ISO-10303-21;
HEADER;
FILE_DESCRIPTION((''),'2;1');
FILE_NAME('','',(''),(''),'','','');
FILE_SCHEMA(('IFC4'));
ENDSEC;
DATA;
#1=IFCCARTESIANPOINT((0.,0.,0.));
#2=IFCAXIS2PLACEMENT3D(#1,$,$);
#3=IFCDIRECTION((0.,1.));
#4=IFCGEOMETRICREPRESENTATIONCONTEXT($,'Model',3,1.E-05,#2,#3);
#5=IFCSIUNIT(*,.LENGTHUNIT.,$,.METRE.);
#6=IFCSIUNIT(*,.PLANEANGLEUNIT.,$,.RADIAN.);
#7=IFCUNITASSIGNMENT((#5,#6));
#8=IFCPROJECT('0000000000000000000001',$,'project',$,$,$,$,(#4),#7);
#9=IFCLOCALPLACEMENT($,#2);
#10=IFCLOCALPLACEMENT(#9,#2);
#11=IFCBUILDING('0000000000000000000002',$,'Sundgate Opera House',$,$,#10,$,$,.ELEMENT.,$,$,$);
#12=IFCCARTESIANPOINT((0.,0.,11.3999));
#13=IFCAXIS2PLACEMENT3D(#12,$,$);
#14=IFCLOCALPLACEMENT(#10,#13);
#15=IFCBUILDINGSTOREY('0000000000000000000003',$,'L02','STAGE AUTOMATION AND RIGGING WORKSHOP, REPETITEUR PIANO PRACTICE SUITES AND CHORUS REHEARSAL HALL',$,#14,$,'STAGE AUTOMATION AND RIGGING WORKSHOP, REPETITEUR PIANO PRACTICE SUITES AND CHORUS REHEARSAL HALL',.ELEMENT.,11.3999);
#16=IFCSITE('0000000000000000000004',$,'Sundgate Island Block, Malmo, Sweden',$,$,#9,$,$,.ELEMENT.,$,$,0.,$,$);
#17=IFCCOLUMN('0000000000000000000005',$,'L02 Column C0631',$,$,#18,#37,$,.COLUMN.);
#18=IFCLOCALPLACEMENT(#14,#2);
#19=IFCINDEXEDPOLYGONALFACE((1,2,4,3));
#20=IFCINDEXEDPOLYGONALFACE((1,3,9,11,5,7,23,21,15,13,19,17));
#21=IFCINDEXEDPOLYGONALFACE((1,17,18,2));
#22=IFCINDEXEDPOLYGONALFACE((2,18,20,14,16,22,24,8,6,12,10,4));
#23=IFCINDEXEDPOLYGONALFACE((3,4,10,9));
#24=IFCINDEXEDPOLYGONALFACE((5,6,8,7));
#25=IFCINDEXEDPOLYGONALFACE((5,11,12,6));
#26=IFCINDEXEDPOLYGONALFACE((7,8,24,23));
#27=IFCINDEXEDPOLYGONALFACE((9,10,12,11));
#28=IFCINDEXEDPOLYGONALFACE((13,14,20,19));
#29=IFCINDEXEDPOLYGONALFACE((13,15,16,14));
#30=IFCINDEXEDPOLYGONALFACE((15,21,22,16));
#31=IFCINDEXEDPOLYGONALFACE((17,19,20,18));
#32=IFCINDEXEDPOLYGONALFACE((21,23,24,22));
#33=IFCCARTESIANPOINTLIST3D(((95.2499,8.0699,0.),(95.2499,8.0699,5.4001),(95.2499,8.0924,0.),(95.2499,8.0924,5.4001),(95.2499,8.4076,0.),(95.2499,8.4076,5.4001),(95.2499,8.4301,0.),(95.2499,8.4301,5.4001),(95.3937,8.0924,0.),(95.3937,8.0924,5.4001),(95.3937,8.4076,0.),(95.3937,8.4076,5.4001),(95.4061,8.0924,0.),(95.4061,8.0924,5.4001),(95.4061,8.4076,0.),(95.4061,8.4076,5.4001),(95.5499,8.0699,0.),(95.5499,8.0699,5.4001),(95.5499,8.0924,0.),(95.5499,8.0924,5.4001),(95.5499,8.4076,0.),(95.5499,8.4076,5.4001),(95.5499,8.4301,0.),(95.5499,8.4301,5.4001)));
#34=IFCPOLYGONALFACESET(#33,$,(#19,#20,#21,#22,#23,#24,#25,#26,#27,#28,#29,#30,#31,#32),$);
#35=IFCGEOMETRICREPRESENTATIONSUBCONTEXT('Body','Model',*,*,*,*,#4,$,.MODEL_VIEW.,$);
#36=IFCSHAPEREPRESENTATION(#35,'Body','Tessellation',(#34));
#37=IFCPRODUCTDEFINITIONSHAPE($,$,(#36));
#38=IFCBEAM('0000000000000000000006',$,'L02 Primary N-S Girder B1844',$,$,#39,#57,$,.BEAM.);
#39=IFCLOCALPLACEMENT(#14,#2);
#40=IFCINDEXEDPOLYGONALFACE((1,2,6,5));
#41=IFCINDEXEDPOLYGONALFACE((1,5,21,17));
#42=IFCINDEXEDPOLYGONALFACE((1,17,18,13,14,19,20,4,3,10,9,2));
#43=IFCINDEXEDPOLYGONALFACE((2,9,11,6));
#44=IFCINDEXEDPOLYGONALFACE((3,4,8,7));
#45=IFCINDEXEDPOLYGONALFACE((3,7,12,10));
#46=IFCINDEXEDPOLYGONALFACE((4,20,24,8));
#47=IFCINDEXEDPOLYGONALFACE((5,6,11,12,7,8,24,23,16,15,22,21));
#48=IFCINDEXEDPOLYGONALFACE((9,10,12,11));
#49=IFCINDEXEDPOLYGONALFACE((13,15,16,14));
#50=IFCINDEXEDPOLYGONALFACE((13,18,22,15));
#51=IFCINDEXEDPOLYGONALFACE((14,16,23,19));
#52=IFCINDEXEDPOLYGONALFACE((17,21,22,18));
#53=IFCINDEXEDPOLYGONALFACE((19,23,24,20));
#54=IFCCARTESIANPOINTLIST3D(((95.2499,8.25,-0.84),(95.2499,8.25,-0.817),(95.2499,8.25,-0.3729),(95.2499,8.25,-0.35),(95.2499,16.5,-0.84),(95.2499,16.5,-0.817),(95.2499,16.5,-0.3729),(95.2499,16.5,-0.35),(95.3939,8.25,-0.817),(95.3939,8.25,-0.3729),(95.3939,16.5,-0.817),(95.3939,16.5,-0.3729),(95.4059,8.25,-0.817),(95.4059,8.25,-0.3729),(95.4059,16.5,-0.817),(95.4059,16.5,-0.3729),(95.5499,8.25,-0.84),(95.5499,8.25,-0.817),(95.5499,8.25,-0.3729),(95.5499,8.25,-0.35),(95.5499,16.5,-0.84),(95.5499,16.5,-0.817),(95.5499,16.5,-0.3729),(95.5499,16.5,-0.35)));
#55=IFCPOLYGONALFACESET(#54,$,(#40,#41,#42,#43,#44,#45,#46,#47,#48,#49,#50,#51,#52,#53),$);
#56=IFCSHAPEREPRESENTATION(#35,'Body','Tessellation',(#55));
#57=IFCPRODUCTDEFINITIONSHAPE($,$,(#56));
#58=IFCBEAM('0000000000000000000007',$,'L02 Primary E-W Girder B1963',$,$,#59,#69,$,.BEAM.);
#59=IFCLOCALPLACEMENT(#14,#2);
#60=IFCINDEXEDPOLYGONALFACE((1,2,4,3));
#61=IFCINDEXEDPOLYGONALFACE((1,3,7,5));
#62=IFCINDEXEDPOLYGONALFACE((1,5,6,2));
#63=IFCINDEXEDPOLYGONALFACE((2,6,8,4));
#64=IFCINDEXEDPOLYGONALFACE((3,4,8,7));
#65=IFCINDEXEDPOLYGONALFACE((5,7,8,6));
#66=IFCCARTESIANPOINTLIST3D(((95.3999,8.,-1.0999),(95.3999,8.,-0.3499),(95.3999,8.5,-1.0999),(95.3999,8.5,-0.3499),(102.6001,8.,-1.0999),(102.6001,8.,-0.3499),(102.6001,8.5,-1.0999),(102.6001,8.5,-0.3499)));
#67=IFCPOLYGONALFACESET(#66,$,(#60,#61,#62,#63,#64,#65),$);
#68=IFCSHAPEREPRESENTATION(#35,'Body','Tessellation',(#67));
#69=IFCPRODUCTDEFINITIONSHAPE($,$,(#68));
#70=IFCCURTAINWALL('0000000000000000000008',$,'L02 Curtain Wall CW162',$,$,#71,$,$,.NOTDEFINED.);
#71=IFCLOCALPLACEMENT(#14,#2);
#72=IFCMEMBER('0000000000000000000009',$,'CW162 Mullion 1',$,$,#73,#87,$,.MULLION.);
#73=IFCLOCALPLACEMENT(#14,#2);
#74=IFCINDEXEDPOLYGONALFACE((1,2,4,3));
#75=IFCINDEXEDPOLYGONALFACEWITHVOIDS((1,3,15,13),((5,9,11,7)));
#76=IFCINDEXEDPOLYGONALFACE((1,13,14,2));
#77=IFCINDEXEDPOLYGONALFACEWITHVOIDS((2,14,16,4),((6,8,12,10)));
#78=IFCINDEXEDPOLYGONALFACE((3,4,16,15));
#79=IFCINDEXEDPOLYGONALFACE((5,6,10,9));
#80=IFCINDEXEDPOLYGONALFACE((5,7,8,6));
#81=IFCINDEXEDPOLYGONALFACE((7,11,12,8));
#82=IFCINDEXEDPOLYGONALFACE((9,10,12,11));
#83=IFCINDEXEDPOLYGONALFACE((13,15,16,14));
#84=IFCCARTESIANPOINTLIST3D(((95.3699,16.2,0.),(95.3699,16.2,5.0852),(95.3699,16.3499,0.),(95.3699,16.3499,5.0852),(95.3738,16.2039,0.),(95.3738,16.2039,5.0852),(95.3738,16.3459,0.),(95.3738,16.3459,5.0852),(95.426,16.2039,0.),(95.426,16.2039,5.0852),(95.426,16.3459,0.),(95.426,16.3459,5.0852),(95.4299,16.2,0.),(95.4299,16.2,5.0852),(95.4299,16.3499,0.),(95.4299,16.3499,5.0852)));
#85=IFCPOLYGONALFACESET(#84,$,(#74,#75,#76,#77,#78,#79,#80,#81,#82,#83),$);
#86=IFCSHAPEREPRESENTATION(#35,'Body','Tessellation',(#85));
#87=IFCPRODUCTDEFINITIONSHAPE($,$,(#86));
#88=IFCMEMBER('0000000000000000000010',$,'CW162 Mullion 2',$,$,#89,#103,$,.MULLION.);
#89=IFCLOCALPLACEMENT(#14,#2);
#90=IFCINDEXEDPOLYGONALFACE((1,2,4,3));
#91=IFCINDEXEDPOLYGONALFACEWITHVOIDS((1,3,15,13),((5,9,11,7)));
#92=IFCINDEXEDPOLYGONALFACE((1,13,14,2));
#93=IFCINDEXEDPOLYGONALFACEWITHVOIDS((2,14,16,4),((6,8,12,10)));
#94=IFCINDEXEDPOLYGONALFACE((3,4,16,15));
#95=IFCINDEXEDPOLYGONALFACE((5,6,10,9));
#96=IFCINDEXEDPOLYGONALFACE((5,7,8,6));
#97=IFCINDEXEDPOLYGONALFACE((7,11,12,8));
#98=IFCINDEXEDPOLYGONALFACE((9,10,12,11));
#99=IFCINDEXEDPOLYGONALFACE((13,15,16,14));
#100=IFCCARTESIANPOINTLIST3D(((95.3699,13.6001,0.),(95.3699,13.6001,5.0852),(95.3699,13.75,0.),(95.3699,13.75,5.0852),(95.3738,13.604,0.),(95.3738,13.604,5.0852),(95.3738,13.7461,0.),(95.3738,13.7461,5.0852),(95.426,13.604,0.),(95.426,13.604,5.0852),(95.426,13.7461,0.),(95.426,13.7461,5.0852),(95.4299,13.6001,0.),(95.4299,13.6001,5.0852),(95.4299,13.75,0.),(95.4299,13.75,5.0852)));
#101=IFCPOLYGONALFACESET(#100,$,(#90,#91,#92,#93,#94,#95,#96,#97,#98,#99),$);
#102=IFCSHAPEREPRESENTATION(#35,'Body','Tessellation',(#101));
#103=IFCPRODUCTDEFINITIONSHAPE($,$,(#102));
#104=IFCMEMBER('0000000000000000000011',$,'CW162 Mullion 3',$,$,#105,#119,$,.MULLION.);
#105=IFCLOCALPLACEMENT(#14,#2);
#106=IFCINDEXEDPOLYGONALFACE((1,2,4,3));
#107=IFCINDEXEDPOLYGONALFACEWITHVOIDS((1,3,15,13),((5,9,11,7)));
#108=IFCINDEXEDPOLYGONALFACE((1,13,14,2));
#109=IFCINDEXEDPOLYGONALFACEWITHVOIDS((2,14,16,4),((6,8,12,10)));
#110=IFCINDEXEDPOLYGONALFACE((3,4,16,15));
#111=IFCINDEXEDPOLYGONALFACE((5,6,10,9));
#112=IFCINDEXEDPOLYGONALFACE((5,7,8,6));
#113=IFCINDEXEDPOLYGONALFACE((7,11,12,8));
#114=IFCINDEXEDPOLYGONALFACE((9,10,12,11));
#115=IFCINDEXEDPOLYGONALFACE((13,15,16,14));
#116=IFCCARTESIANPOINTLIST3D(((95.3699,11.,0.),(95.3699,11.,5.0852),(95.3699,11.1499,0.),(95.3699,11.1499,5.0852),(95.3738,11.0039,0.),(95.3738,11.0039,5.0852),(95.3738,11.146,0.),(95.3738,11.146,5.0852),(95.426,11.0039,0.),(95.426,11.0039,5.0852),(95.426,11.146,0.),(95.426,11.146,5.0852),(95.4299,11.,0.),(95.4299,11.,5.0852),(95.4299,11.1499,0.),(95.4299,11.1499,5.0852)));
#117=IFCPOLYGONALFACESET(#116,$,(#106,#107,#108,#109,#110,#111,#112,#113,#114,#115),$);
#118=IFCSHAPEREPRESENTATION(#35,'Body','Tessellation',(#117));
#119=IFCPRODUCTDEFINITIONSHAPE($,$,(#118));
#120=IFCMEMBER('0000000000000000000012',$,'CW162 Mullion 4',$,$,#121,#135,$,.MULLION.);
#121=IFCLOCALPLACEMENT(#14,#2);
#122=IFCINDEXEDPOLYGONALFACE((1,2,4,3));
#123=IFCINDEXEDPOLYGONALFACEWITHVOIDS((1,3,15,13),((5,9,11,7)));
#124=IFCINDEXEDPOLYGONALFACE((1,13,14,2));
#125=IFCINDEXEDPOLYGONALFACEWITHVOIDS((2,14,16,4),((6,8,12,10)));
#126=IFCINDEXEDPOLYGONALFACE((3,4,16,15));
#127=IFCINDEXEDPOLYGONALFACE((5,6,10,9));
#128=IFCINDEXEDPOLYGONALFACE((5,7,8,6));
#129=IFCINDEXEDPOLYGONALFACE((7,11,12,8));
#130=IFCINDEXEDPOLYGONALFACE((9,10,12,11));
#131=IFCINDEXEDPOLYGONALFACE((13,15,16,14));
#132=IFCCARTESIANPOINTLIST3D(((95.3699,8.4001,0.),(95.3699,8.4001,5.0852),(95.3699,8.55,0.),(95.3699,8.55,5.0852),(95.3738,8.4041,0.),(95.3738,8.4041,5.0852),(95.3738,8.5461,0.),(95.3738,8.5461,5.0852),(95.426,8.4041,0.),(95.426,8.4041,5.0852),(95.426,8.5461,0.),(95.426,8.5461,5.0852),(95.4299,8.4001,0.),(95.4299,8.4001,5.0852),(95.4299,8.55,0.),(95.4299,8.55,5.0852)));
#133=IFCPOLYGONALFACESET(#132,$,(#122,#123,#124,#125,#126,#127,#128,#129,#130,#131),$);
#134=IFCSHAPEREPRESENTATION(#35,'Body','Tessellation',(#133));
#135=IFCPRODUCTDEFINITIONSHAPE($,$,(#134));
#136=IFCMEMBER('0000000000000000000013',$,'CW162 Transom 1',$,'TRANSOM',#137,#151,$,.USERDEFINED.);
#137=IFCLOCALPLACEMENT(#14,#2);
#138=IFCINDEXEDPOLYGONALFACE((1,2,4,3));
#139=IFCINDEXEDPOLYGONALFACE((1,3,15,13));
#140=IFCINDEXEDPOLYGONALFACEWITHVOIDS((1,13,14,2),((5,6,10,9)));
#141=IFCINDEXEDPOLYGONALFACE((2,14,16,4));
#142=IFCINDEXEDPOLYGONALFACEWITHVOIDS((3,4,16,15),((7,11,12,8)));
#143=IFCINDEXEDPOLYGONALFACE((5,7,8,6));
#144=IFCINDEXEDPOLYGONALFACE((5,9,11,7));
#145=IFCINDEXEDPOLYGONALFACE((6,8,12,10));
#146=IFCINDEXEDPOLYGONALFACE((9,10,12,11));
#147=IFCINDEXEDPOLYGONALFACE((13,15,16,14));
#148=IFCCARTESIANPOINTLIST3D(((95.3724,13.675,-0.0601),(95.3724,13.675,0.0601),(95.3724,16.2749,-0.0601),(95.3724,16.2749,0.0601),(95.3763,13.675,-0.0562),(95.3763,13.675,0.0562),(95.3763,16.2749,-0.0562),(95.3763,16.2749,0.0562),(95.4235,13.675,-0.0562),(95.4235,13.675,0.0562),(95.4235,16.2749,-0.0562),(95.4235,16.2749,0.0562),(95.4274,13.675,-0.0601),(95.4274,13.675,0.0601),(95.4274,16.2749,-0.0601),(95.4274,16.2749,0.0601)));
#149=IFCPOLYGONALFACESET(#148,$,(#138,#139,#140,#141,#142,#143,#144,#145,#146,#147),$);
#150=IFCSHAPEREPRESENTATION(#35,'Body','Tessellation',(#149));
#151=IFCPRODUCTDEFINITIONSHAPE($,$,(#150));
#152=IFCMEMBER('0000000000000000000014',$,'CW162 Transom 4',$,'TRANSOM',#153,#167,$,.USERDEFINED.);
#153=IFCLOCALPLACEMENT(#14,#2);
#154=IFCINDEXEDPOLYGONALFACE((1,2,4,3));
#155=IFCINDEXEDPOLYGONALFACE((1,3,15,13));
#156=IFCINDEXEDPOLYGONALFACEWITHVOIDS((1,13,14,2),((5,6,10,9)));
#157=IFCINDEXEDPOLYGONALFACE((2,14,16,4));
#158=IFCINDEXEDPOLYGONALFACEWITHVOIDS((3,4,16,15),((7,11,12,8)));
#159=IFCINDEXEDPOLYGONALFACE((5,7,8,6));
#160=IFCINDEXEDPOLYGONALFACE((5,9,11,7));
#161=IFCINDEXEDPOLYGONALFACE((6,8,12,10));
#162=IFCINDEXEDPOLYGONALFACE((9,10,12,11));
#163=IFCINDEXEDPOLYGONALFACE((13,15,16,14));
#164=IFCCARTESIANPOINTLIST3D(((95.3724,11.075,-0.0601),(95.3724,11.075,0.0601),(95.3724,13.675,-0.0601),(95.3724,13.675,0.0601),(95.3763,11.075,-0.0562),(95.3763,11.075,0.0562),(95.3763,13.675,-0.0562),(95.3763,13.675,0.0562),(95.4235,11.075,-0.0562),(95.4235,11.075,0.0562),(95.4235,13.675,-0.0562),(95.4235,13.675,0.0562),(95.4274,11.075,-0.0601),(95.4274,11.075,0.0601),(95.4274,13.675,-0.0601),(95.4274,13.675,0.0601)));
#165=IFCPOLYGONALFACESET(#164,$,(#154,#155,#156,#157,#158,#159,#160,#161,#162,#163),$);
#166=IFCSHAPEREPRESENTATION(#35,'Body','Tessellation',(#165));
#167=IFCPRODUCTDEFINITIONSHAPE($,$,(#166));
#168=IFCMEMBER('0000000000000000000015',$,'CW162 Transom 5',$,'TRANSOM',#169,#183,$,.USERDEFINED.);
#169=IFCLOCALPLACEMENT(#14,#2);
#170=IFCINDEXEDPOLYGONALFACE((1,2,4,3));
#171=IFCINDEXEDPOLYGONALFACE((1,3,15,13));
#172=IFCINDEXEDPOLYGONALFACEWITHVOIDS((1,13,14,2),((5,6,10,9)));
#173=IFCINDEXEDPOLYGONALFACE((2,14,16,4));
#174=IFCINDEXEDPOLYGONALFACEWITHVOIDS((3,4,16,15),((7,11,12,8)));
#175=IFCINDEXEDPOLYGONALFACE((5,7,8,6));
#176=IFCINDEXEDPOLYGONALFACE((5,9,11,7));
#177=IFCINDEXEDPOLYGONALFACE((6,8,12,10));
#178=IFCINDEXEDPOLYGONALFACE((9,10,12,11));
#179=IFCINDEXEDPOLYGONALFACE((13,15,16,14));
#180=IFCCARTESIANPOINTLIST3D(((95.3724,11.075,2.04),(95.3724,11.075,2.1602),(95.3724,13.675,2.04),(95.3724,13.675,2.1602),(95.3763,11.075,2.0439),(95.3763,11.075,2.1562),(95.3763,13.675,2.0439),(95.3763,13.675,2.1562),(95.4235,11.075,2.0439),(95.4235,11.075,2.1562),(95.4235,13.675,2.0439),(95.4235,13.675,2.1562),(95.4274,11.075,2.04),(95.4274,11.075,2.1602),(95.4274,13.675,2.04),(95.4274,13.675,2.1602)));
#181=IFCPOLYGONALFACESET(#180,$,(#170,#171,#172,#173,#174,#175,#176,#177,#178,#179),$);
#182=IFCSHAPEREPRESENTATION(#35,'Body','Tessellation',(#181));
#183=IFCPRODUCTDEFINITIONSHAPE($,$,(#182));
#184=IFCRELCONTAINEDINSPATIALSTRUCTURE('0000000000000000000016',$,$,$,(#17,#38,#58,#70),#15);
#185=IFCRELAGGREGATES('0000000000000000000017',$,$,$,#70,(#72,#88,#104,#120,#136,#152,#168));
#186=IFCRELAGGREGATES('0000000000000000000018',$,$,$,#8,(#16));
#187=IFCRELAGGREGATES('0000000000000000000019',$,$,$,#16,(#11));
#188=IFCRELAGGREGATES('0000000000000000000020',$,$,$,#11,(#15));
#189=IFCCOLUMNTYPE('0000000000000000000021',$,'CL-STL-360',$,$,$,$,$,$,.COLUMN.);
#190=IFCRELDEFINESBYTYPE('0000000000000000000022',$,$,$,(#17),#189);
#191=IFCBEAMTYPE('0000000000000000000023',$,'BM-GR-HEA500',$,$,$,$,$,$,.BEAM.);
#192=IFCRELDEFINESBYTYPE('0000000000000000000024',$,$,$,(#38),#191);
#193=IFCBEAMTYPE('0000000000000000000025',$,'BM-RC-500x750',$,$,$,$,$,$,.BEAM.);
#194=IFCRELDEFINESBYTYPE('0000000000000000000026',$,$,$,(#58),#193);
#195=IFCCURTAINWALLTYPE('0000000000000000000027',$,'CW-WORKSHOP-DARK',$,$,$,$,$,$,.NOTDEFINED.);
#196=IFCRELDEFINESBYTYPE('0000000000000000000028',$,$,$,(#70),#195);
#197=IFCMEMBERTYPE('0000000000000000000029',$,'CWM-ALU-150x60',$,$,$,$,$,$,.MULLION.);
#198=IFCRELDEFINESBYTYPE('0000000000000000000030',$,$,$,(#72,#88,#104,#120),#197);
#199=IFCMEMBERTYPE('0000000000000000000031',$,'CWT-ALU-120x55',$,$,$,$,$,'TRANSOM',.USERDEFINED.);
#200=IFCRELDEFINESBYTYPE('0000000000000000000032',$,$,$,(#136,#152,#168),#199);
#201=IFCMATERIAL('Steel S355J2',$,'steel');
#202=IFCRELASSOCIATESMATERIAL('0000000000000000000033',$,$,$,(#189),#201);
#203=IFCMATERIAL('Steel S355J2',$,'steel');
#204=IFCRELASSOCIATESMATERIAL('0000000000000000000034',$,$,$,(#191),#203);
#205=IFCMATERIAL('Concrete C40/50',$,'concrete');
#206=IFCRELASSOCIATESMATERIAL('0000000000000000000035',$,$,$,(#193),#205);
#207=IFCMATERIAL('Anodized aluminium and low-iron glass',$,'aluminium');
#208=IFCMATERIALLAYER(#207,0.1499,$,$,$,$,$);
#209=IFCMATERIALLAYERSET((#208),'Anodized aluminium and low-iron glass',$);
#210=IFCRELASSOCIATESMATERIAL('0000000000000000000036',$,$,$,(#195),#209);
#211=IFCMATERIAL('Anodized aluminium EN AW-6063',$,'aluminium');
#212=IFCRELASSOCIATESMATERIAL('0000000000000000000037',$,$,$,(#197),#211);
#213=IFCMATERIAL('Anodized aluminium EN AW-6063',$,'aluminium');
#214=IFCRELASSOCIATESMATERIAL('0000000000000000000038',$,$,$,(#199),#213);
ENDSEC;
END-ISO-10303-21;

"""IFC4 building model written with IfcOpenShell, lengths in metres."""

from ifc_helpers import new_model, si_unit, direction, frame, origin, origin_2d, place, context, subcontext, project, spatial, rectangle, hollow_rectangle, i_section, extrude, material, layer, layer_set, material_profile, profile_set, type_object, element, aggregate, save


model = new_model("IFC4")

# Units and contexts
model_context = context("Model", 3, precision=1e-05, world=origin(), true_north=direction((0.0, 1.0)))
body_context = subcontext(model_context, "Body", "Model", "MODEL_VIEW")
ifc_project = project(units=[si_unit("LENGTHUNIT", "METRE"), si_unit("PLANEANGLEUNIT", "RADIAN")], contexts=[model_context])

# Site, building, storey
site_placement = place(None, origin())
site = spatial("IfcSite", under=ifc_project, at=site_placement, Name="Sundgate Island Block, Malmo, Sweden", CompositionType="ELEMENT", RefElevation=0.0)
building_placement = place(site_placement, origin())
building = spatial("IfcBuilding", under=site, at=building_placement, Name="Sundgate Opera House", CompositionType="ELEMENT")
storey_placement = place(building_placement, frame((0.0, 0.0, 11.3999)))
storey = spatial("IfcBuildingStorey", under=building, at=storey_placement, Name="L02", Description="STAGE AUTOMATION AND RIGGING WORKSHOP, REPETITEUR PIANO PRACTICE SUITES AND CHORUS REHEARSAL HALL", LongName="STAGE AUTOMATION AND RIGGING WORKSHOP, REPETITEUR PIANO PRACTICE SUITES AND CHORUS REHEARSAL HALL", CompositionType="ELEMENT", Elevation=11.3999)

# Column
ifc_material_1 = material(Name="Steel S355J2", Category="steel")
ifc_material_profile_1 = material_profile(ifc_material_1, i_section(OverallWidth=0.3, OverallDepth=0.3601, WebThickness=0.0125, FlangeThickness=0.0225, at=origin_2d()), Name="HEB 360")
ifc_profile_set_1 = profile_set([ifc_material_profile_1], Name="Steel S355J2")
column_type = type_object("IfcColumnType", Name="CL-STL-360", PredefinedType="COLUMN", material=ifc_profile_set_1)
column_placement = place(storey_placement, frame((95.3999, 8.25, 0.0), z_axis=(0.0, 0.0, 1.0), x_axis=(1.0, 0.0, 0.0)))
element("IfcColumn", 1, at=column_placement, inside=storey, type_object=column_type, Name="L02 Column C0631", PredefinedType="COLUMN", context=body_context, shape_type="SweptSolid", body=[
    extrude(i_section(OverallWidth=0.3, OverallDepth=0.3601, WebThickness=0.0125, FlangeThickness=0.0225, at=origin_2d()), origin(), (0.0, 0.0, 1.0), 5.4001),
])

# Beams
ifc_material_2 = material(Name="Steel S355J2", Category="steel")
ifc_material_profile_2 = material_profile(ifc_material_2, i_section(OverallWidth=0.3, OverallDepth=0.49, WebThickness=0.012, FlangeThickness=0.0229, at=origin_2d()), Name="HEA 500")
ifc_profile_set_2 = profile_set([ifc_material_profile_2], Name="Steel S355J2")
beam_type_1 = type_object("IfcBeamType", Name="BM-GR-HEA500", PredefinedType="BEAM", material=ifc_profile_set_2)
beam_1_placement = place(storey_placement, frame((95.3999, 8.25, -0.595), z_axis=(0.0, 1.0, 0.0), x_axis=(-1.0, 0.0, 0.0)))
element("IfcBeam", 2, at=beam_1_placement, inside=storey, type_object=beam_type_1, Name="L02 Primary N-S Girder B1844", PredefinedType="BEAM", context=body_context, shape_type="SweptSolid", body=[
    extrude(i_section(OverallWidth=0.3, OverallDepth=0.49, WebThickness=0.012, FlangeThickness=0.0229, at=origin_2d()), origin(), (0.0, 0.0, 1.0), 8.25),
])
ifc_material_3 = material(Name="Concrete C40/50", Category="concrete")
ifc_material_profile_3 = material_profile(ifc_material_3, rectangle(XDim=0.5, YDim=0.75, at=origin_2d()), Name="RC 500x750")
ifc_profile_set_3 = profile_set([ifc_material_profile_3], Name="Concrete C40/50")
beam_type_2 = type_object("IfcBeamType", Name="BM-RC-500x750", PredefinedType="BEAM", material=ifc_profile_set_3)
beam_2_placement = place(storey_placement, frame((95.3999, 8.25, -0.7249), z_axis=(1.0, 0.0, 0.0), x_axis=(0.0, 1.0, 0.0)))
element("IfcBeam", 3, at=beam_2_placement, inside=storey, type_object=beam_type_2, Name="L02 Primary E-W Girder B1963", PredefinedType="BEAM", context=body_context, shape_type="SweptSolid", body=[
    extrude(rectangle(XDim=0.5, YDim=0.75, at=origin_2d()), origin(), (0.0, 0.0, 1.0), 7.2002),
])

# Curtain wall, members
ifc_material_4 = material(Name="Anodized aluminium and low-iron glass", Category="aluminium")
ifc_layer_1 = layer(ifc_material_4, 0.1499)
ifc_layer_set_1 = layer_set([ifc_layer_1], Name="Anodized aluminium and low-iron glass")
curtain_wall_type = type_object("IfcCurtainWallType", Name="CW-WORKSHOP-DARK", PredefinedType="NOTDEFINED", material=ifc_layer_set_1)
curtain_wall_placement = place(storey_placement, origin())
curtain_wall = element("IfcCurtainWall", 4, at=curtain_wall_placement, inside=storey, type_object=curtain_wall_type, Name="L02 Curtain Wall CW162", PredefinedType="NOTDEFINED")
ifc_material_5 = material(Name="Anodized aluminium EN AW-6063", Category="aluminium")
ifc_material_profile_4 = material_profile(ifc_material_5, hollow_rectangle(XDim=0.0601, YDim=0.1499, WallThickness=0.0039, at=origin_2d()), Name="CWM 150x60x4")
ifc_profile_set_4 = profile_set([ifc_material_profile_4], Name="Anodized aluminium EN AW-6063")
member_type_1 = type_object("IfcMemberType", Name="CWM-ALU-150x60", PredefinedType="MULLION", material=ifc_profile_set_4)
member_1_placement = place(storey_placement, frame((95.3999, 16.2749, 0.0), z_axis=(0.0, 0.0, 1.0), x_axis=(1.0, 0.0, 0.0)))
member_1 = element("IfcMember", 5, at=member_1_placement, type_object=member_type_1, Name="CW162 Mullion 1", PredefinedType="MULLION", context=body_context, shape_type="SweptSolid", body=[
    extrude(hollow_rectangle(XDim=0.0601, YDim=0.1499, WallThickness=0.0039, at=origin_2d()), origin(), (0.0, 0.0, 1.0), 5.0852),
])
member_2_placement = place(storey_placement, frame((95.3999, 13.675, 0.0), z_axis=(0.0, 0.0, 1.0), x_axis=(1.0, 0.0, 0.0)))
member_2 = element("IfcMember", 6, at=member_2_placement, type_object=member_type_1, Name="CW162 Mullion 2", PredefinedType="MULLION", context=body_context, shape_type="SweptSolid", body=[
    extrude(hollow_rectangle(XDim=0.0601, YDim=0.1499, WallThickness=0.0039, at=origin_2d()), origin(), (0.0, 0.0, 1.0), 5.0852),
])
member_3_placement = place(storey_placement, frame((95.3999, 11.075, 0.0), z_axis=(0.0, 0.0, 1.0), x_axis=(1.0, 0.0, 0.0)))
member_3 = element("IfcMember", 7, at=member_3_placement, type_object=member_type_1, Name="CW162 Mullion 3", PredefinedType="MULLION", context=body_context, shape_type="SweptSolid", body=[
    extrude(hollow_rectangle(XDim=0.0601, YDim=0.1499, WallThickness=0.0039, at=origin_2d()), origin(), (0.0, 0.0, 1.0), 5.0852),
])
member_4_placement = place(storey_placement, frame((95.3999, 8.4751, 0.0), z_axis=(0.0, 0.0, 1.0), x_axis=(1.0, 0.0, 0.0)))
member_4 = element("IfcMember", 8, at=member_4_placement, type_object=member_type_1, Name="CW162 Mullion 4", PredefinedType="MULLION", context=body_context, shape_type="SweptSolid", body=[
    extrude(hollow_rectangle(XDim=0.0601, YDim=0.1499, WallThickness=0.0039, at=origin_2d()), origin(), (0.0, 0.0, 1.0), 5.0852),
])
ifc_material_6 = material(Name="Anodized aluminium EN AW-6063", Category="aluminium")
ifc_material_profile_5 = material_profile(ifc_material_6, hollow_rectangle(XDim=0.0549, YDim=0.1201, WallThickness=0.0039, at=origin_2d()), Name="CWT 120x55x4")
ifc_profile_set_5 = profile_set([ifc_material_profile_5], Name="Anodized aluminium EN AW-6063")
member_type_2 = type_object("IfcMemberType", Name="CWT-ALU-120x55", ElementType="TRANSOM", PredefinedType="USERDEFINED", material=ifc_profile_set_5)
member_5_placement = place(storey_placement, frame((95.3999, 16.2749, 0.0), z_axis=(0.0, -1.0, 0.0), x_axis=(1.0, 0.0, 0.0)))
member_5 = element("IfcMember", 9, at=member_5_placement, type_object=member_type_2, Name="CW162 Transom 1", ObjectType="TRANSOM", PredefinedType="USERDEFINED", context=body_context, shape_type="SweptSolid", body=[
    extrude(hollow_rectangle(XDim=0.0549, YDim=0.1201, WallThickness=0.0039, at=origin_2d()), origin(), (0.0, 0.0, 1.0), 2.5999),
])
member_6_placement = place(storey_placement, frame((95.3999, 13.675, 0.0), z_axis=(0.0, -1.0, 0.0), x_axis=(1.0, 0.0, 0.0)))
member_6 = element("IfcMember", 10, at=member_6_placement, type_object=member_type_2, Name="CW162 Transom 4", ObjectType="TRANSOM", PredefinedType="USERDEFINED", context=body_context, shape_type="SweptSolid", body=[
    extrude(hollow_rectangle(XDim=0.0549, YDim=0.1201, WallThickness=0.0039, at=origin_2d()), origin(), (0.0, 0.0, 1.0), 2.6001),
])
member_7_placement = place(storey_placement, frame((95.3999, 13.675, 2.1001), z_axis=(0.0, -1.0, 0.0), x_axis=(1.0, 0.0, 0.0)))
member_7 = element("IfcMember", 11, at=member_7_placement, type_object=member_type_2, Name="CW162 Transom 5", ObjectType="TRANSOM", PredefinedType="USERDEFINED", context=body_context, shape_type="SweptSolid", body=[
    extrude(hollow_rectangle(XDim=0.0549, YDim=0.1201, WallThickness=0.0039, at=origin_2d()), origin(), (0.0, 0.0, 1.0), 2.6001),
])

aggregate(curtain_wall, [member_1, member_2, member_3, member_4, member_5, member_6, member_7])

save(model, "model.ifc")
